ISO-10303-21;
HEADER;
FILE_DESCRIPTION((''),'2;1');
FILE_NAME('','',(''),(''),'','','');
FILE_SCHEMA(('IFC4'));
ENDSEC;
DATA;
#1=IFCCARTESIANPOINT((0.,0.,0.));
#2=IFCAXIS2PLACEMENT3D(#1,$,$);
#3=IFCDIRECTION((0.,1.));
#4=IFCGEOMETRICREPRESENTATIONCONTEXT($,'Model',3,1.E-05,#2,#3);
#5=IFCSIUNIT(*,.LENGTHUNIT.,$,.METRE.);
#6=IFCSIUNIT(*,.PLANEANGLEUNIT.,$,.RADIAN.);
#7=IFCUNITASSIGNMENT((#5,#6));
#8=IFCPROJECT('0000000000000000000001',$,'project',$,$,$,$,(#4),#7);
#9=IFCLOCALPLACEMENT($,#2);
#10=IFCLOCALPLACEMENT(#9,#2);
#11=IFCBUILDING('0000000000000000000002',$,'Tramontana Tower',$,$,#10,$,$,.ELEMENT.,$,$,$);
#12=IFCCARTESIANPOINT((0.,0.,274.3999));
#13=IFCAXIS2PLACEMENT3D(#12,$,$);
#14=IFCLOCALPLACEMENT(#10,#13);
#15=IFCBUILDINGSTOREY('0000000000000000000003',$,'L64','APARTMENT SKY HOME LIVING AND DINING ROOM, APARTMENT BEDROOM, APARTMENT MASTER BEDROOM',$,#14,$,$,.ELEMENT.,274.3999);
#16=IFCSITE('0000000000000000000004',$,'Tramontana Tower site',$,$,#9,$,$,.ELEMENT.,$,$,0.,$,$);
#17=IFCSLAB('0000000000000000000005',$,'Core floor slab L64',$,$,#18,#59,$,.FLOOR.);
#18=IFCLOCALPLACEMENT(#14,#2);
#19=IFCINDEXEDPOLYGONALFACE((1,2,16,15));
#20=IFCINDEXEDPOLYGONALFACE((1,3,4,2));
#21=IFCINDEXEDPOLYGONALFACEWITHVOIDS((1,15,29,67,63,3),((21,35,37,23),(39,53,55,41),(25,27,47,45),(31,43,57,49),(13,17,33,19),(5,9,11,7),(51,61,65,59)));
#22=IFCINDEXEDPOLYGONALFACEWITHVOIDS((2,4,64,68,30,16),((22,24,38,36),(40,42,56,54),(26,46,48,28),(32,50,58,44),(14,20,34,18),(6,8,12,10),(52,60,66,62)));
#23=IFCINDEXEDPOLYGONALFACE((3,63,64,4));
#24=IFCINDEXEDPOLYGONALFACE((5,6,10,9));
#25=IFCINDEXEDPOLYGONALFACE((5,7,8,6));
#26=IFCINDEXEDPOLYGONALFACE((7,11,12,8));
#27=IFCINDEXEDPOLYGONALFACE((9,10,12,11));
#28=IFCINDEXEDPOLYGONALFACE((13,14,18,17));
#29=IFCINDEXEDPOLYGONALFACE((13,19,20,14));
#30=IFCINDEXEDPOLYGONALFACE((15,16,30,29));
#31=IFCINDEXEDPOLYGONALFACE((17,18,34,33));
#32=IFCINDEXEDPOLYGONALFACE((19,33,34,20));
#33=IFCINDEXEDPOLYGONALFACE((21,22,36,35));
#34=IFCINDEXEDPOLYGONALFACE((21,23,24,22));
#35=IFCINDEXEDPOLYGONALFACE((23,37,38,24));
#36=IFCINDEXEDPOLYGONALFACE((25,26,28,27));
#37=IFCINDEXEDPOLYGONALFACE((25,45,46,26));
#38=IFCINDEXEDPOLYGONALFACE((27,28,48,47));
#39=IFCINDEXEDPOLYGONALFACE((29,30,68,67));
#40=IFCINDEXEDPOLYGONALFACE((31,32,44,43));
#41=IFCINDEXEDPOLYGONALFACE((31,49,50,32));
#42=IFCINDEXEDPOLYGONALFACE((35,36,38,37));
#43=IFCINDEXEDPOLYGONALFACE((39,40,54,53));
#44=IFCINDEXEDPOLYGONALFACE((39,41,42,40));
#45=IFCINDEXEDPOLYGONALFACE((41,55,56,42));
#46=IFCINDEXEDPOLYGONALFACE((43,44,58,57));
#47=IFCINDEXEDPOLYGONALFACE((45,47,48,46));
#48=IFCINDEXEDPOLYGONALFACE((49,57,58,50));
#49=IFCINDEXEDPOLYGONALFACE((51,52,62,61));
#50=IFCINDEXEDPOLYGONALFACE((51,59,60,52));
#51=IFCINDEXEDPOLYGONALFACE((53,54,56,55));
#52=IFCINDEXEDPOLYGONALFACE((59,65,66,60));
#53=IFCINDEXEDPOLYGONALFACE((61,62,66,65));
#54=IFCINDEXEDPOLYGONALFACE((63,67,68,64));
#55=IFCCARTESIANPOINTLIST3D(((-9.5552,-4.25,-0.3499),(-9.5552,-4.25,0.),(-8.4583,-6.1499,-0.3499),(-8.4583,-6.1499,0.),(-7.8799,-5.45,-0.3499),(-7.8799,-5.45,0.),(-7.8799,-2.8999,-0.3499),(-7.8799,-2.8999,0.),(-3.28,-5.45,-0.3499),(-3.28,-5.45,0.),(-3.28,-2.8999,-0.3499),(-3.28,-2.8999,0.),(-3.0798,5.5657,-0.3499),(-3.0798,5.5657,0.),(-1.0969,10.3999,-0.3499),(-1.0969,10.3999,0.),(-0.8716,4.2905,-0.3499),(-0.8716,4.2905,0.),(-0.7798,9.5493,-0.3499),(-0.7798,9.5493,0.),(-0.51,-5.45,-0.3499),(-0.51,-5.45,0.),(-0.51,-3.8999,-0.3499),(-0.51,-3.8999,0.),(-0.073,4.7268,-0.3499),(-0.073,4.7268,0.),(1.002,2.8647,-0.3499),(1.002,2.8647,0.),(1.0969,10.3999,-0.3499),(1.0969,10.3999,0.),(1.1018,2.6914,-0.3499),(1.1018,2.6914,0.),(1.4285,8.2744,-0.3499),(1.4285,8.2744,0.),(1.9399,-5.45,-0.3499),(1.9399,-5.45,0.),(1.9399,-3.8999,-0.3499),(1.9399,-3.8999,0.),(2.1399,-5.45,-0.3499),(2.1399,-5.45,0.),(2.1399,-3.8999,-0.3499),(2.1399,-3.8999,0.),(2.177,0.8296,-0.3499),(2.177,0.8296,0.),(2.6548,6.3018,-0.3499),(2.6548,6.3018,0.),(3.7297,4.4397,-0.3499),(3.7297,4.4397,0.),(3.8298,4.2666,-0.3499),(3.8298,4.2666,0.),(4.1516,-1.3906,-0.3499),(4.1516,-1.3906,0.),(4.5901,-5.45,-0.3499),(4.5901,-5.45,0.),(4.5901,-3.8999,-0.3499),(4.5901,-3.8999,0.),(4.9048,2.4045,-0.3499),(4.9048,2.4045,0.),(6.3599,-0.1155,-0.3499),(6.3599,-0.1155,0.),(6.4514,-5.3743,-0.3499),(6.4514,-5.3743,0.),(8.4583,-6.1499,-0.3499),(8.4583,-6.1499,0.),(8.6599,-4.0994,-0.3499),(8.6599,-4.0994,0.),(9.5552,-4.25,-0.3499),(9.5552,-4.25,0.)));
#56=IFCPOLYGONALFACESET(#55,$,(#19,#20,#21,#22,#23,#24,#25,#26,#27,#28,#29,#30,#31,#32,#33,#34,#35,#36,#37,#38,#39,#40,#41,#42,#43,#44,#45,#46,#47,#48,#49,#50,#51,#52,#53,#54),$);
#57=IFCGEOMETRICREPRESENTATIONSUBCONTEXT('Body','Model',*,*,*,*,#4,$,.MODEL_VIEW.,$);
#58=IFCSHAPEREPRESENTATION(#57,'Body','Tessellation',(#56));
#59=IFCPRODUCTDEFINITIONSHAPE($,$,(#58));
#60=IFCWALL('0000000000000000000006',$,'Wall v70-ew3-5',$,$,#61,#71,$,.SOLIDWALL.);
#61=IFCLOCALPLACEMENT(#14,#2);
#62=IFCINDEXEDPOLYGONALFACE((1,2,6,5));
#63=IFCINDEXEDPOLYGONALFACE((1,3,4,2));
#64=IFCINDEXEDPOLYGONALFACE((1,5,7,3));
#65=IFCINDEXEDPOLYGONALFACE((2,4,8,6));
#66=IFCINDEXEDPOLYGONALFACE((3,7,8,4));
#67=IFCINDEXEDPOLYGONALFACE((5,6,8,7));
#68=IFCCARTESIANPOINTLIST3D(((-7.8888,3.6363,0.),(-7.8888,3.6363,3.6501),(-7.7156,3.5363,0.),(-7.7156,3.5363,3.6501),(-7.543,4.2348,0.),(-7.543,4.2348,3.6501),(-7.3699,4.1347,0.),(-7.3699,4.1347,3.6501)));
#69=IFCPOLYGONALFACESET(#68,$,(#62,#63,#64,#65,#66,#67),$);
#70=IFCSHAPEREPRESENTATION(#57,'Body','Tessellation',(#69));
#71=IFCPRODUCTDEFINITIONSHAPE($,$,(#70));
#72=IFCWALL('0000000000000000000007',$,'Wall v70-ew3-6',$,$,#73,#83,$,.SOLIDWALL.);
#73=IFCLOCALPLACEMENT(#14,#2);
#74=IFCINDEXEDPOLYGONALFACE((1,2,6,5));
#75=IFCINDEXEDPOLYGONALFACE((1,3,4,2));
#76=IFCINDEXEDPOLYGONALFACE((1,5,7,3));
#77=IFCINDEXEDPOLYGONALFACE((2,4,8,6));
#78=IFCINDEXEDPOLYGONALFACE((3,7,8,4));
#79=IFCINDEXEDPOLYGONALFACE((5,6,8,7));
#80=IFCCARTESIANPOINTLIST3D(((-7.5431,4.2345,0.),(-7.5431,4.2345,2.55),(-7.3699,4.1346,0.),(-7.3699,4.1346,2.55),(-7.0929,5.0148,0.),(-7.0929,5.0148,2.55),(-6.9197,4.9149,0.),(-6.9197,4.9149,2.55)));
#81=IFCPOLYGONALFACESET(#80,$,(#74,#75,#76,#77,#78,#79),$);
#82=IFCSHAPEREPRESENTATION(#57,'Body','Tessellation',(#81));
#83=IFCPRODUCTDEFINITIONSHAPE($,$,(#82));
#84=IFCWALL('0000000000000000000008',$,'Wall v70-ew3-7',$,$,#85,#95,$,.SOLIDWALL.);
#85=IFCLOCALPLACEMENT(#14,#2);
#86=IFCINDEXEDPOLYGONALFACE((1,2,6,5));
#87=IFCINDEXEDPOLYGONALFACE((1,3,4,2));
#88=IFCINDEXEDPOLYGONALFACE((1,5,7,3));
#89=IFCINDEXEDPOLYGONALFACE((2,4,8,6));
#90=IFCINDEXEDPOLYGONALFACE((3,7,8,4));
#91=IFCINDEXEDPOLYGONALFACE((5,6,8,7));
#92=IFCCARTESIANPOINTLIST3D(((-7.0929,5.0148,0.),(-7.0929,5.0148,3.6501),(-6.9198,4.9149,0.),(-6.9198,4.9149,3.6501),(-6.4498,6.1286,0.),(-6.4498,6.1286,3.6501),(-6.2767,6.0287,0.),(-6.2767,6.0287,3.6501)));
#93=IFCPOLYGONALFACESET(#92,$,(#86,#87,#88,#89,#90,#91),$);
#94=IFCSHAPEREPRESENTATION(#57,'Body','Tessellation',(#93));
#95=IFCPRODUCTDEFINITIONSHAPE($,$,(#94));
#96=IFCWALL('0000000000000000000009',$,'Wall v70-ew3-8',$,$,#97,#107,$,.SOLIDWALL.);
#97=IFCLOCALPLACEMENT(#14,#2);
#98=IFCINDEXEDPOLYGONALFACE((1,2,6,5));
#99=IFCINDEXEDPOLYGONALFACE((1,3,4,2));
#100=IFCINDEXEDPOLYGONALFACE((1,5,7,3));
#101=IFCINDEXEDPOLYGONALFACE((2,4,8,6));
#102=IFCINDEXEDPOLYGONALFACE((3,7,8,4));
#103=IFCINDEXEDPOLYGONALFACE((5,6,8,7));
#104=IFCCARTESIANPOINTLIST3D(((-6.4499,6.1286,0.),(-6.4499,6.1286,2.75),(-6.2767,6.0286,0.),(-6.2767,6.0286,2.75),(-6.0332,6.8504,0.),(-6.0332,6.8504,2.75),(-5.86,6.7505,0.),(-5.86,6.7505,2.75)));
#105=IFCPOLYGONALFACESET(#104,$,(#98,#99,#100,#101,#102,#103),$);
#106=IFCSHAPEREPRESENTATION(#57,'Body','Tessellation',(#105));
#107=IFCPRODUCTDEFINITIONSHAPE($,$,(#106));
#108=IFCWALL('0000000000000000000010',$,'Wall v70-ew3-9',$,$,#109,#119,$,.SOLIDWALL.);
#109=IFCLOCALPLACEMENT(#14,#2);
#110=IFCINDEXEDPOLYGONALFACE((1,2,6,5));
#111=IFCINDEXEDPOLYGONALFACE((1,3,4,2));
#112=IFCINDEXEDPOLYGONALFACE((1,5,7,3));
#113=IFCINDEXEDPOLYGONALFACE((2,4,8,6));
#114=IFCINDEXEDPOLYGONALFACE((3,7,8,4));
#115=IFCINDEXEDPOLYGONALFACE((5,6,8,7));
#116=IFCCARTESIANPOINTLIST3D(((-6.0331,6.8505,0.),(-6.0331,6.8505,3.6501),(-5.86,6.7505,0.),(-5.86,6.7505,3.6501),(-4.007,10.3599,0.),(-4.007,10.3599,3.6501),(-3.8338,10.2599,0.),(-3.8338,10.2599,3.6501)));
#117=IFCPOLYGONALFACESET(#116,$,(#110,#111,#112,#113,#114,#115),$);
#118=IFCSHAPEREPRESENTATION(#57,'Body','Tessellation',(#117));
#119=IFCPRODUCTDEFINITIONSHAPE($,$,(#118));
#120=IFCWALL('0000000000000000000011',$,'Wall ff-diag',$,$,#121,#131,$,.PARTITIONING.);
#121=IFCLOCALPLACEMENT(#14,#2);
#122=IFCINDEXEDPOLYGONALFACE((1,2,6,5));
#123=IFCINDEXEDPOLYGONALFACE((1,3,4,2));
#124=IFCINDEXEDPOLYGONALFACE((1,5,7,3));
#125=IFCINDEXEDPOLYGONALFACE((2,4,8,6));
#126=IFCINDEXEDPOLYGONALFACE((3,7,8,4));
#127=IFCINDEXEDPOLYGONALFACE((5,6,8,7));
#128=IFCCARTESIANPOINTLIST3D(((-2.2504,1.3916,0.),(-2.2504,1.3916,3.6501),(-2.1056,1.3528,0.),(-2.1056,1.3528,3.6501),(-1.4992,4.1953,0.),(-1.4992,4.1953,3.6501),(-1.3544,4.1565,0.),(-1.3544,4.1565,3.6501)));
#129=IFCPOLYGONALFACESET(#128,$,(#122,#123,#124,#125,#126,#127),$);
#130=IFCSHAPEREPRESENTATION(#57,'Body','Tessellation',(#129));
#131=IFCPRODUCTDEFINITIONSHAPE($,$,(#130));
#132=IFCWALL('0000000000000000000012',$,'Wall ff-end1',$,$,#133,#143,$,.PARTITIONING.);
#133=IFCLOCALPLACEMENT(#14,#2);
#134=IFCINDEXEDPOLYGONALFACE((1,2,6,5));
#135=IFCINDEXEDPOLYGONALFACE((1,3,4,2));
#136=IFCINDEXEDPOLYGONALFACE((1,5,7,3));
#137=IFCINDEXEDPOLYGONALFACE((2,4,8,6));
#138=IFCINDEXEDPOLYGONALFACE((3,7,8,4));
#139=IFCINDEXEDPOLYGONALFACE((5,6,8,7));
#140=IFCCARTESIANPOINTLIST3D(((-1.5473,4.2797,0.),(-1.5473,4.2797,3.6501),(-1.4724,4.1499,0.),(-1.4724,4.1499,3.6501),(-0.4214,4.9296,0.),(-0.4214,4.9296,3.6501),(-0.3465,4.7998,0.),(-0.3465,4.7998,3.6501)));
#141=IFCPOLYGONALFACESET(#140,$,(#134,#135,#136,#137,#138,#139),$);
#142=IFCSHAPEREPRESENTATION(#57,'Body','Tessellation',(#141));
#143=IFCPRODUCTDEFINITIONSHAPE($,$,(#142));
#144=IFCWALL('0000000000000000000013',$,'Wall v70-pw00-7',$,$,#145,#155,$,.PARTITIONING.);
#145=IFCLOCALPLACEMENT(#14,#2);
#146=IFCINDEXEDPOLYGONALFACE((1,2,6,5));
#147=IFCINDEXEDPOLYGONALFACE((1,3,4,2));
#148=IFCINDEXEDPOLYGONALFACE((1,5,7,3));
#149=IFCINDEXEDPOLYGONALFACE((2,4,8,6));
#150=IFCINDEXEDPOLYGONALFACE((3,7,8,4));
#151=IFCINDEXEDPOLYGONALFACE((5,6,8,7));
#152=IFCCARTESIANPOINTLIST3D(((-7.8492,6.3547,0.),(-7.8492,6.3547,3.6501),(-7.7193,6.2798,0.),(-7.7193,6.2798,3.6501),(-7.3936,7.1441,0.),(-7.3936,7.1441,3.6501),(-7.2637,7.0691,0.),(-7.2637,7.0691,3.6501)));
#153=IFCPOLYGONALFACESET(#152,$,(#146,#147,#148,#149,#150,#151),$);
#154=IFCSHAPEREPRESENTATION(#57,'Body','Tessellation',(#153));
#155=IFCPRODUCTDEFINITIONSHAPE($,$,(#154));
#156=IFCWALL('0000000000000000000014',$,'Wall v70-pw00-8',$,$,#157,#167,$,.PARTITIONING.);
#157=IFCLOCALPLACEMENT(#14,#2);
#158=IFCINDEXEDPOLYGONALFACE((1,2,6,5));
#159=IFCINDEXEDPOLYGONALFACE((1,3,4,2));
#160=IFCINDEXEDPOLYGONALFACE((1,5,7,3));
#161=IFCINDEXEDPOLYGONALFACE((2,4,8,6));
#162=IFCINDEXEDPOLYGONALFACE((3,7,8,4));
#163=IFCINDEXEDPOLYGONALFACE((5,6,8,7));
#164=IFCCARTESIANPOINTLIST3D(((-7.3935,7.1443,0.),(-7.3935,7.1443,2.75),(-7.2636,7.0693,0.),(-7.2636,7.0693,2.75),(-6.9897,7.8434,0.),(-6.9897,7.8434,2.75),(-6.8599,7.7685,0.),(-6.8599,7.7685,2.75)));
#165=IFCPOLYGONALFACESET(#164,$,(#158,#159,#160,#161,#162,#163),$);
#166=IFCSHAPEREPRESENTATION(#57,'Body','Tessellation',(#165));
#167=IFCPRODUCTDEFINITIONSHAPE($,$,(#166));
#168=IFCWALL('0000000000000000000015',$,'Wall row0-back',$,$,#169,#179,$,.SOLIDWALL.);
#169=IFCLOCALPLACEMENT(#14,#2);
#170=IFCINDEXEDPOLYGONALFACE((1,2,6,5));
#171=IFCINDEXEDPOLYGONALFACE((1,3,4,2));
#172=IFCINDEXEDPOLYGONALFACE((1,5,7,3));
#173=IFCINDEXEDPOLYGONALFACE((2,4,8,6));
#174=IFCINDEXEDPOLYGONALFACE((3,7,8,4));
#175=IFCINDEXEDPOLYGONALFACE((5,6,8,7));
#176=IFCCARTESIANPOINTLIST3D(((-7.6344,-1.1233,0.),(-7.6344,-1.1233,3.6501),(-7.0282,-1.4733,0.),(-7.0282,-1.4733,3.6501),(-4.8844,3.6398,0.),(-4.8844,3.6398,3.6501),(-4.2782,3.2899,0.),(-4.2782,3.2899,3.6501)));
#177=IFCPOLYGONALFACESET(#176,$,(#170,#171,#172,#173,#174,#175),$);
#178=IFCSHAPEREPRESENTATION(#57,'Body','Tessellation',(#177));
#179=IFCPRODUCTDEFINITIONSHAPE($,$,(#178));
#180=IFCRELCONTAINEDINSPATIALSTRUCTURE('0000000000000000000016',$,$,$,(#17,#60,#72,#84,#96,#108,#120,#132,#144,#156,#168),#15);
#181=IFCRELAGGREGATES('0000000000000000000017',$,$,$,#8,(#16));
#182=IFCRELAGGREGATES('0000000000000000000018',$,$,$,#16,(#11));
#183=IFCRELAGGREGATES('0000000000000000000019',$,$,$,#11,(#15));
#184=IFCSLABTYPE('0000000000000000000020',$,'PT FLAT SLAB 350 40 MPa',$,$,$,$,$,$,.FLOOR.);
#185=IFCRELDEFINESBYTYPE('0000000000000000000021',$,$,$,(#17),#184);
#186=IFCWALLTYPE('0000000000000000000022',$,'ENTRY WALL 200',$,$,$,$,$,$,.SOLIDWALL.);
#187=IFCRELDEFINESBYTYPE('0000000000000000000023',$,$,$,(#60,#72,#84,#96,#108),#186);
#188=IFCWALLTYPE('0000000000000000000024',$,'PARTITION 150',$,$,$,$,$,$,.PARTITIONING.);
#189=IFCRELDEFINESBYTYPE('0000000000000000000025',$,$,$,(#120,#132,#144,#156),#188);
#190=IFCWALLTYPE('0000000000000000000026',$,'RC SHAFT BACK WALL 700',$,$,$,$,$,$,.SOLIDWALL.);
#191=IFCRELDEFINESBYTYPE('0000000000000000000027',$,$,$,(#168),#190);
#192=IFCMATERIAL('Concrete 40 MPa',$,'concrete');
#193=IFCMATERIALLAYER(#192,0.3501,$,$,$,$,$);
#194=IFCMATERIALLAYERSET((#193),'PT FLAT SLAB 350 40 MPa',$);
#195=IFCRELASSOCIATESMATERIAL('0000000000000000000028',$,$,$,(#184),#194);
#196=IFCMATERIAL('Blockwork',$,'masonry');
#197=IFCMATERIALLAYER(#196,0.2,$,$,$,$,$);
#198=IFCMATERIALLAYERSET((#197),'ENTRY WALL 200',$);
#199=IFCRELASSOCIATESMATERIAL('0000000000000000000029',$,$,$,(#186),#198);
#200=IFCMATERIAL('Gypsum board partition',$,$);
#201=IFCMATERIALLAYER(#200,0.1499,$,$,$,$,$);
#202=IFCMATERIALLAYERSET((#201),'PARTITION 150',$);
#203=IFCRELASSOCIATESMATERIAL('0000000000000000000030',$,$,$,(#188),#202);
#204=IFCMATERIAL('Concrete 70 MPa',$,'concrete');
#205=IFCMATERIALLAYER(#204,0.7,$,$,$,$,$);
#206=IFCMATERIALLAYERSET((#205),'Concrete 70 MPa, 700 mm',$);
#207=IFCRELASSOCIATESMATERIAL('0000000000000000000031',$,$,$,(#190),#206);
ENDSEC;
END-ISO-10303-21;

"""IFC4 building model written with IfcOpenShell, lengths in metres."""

from ifc_helpers import new_model, si_unit, direction, frame, frame_2d, origin, place, context, subcontext, project, spatial, polyline, rectangle, outline, extrude, material, layer, layer_set, type_object, element, save


model = new_model("IFC4")

# Units and contexts
model_context = context("Model", 3, precision=1e-05, world=origin(), true_north=direction((0.0, 1.0)))
body_context = subcontext(model_context, "Body", "Model", "MODEL_VIEW")
ifc_project = project(units=[si_unit("LENGTHUNIT", "METRE"), si_unit("PLANEANGLEUNIT", "RADIAN")], contexts=[model_context])

# Site, building, storey
site_placement = place(None, origin())
site = spatial("IfcSite", under=ifc_project, at=site_placement, Name="Tramontana Tower site", CompositionType="ELEMENT", RefElevation=0.0)
building_placement = place(site_placement, origin())
building = spatial("IfcBuilding", under=site, at=building_placement, Name="Tramontana Tower", CompositionType="ELEMENT")
storey_placement = place(building_placement, frame((0.0, 0.0, 274.3999)))
storey = spatial("IfcBuildingStorey", under=building, at=storey_placement, Name="L64", Description="APARTMENT SKY HOME LIVING AND DINING ROOM, APARTMENT BEDROOM, APARTMENT MASTER BEDROOM", CompositionType="ELEMENT", Elevation=274.3999)

# Slab
ifc_material_1 = material(Name="Concrete 40 MPa", Category="concrete")
ifc_layer_1 = layer(ifc_material_1, 0.3501)
ifc_layer_set_1 = layer_set([ifc_layer_1], Name="PT FLAT SLAB 350 40 MPa")
slab_type = type_object("IfcSlabType", Name="PT FLAT SLAB 350 40 MPa", PredefinedType="FLOOR", material=ifc_layer_set_1)
slab_placement = place(storey_placement, frame((0.0, 0.0, -0.3499)))
element("IfcSlab", 1, at=slab_placement, inside=storey, type_object=slab_type, Name="Core floor slab L64", PredefinedType="FLOOR", context=body_context, shape_type="SweptSolid", body=[
    extrude(outline(polyline([(9.5552, -4.25), (8.4583, -6.1499), (-8.4583, -6.1499), (-9.5552, -4.25), (-1.0969, 10.3999), (1.0969, 10.3999), (9.5552, -4.25)]), holes=[polyline([(8.6599, -4.0994), (6.3599, -0.1155), (4.1516, -1.3906), (6.4514, -5.3743), (8.6599, -4.0994)]), polyline([(3.8298, 4.2666), (1.1018, 2.6914), (2.177, 0.8296), (4.9048, 2.4045), (3.8298, 4.2666)]), polyline([(4.5901, -3.8999), (2.1399, -3.8999), (2.1399, -5.45), (4.5901, -5.45), (4.5901, -3.8999)]), polyline([(2.6548, 6.3018), (-0.073, 4.7268), (1.002, 2.8647), (3.7297, 4.4397), (2.6548, 6.3018)]), polyline([(1.9399, -5.45), (1.9399, -3.8999), (-0.51, -3.8999), (-0.51, -5.45), (1.9399, -5.45)]), polyline([(-0.7798, 9.5493), (-3.0798, 5.5657), (-0.8716, 4.2905), (1.4285, 8.2744), (-0.7798, 9.5493)]), polyline([(-7.8799, -5.45), (-3.28, -5.45), (-3.28, -2.8999), (-7.8799, -2.8999), (-7.8799, -5.45)])]), origin(), (0.0, 0.0, 1.0), 0.3499),
])

# Shared definitions
ifc_material_2 = material(Name="Blockwork", Category="masonry")
ifc_layer_2 = layer(ifc_material_2, 0.2)
ifc_layer_set_2 = layer_set([ifc_layer_2], Name="ENTRY WALL 200")
wall_type_1 = type_object("IfcWallType", Name="ENTRY WALL 200", PredefinedType="SOLIDWALL", material=ifc_layer_set_2)

# Walls
wall_1_placement = place(storey_placement, frame((-7.8022, 3.5862, 0.0), z_axis=(0.0, 0.0, 1.0), x_axis=(0.500242, 0.865885, 0.0)))
element("IfcWall", 2, at=wall_1_placement, inside=storey, type_object=wall_type_1, Name="Wall v70-ew3-5", PredefinedType="SOLIDWALL", context=body_context, shape_type="SweptSolid", body=[
    extrude(rectangle(XDim=0.6912, YDim=0.2, at=frame_2d((0.3457, 0.0))), origin(), (0.0, 0.0, 1.0), 3.6501),
])
wall_2_placement = place(storey_placement, frame((-7.4565, 4.1846, 0.0), z_axis=(0.0, 0.0, 1.0), x_axis=(0.499754, 0.866168, 0.0)))
element("IfcWall", 3, at=wall_2_placement, inside=storey, type_object=wall_type_1, Name="Wall v70-ew3-6", PredefinedType="SOLIDWALL", context=body_context, shape_type="SweptSolid", body=[
    extrude(rectangle(XDim=0.9009, YDim=0.2, at=frame_2d((0.4504, 0.0))), origin(), (0.0, 0.0, 1.0), 2.55),
])
wall_3_placement = place(storey_placement, frame((-7.0063, 4.9648, 0.0), z_axis=(0.0, 0.0, 1.0), x_axis=(0.500018, 0.866015, 0.0)))
element("IfcWall", 4, at=wall_3_placement, inside=storey, type_object=wall_type_1, Name="Wall v70-ew3-7", PredefinedType="SOLIDWALL", context=body_context, shape_type="SweptSolid", body=[
    extrude(rectangle(XDim=1.2861, YDim=0.2, at=frame_2d((0.6431, 0.0))), origin(), (0.0, 0.0, 1.0), 3.6501),
])
wall_4_placement = place(storey_placement, frame((-6.3633, 6.0786, 0.0), z_axis=(0.0, 0.0, 1.0), x_axis=(0.499951, 0.866054, 0.0)))
element("IfcWall", 5, at=wall_4_placement, inside=storey, type_object=wall_type_1, Name="Wall v70-ew3-8", PredefinedType="SOLIDWALL", context=body_context, shape_type="SweptSolid", body=[
    extrude(rectangle(XDim=0.8335, YDim=0.2, at=frame_2d((0.4167, 0.0))), origin(), (0.0, 0.0, 1.0), 2.75),
])
wall_5_placement = place(storey_placement, frame((-5.9465, 6.8005, 0.0), z_axis=(0.0, 0.0, 1.0), x_axis=(0.500008, 0.866021, 0.0)))
element("IfcWall", 6, at=wall_5_placement, inside=storey, type_object=wall_type_1, Name="Wall v70-ew3-9", PredefinedType="SOLIDWALL", context=body_context, shape_type="SweptSolid", body=[
    extrude(rectangle(XDim=4.0522, YDim=0.2, at=frame_2d((2.0261, 0.0))), origin(), (0.0, 0.0, 1.0), 3.6501),
])
ifc_material_3 = material(Name="Gypsum board partition")
ifc_layer_3 = layer(ifc_material_3, 0.1499)
ifc_layer_set_3 = layer_set([ifc_layer_3], Name="PARTITION 150")
wall_type_2 = type_object("IfcWallType", Name="PARTITION 150", PredefinedType="PARTITIONING", material=ifc_layer_set_3)
wall_6_placement = place(storey_placement, frame((-2.178, 1.3723, 0.0), z_axis=(0.0, 0.0, 1.0), x_axis=(0.258809, 0.965929, 0.0)))
element("IfcWall", 7, at=wall_6_placement, inside=storey, type_object=wall_type_2, Name="Wall ff-diag", PredefinedType="PARTITIONING", context=body_context, shape_type="SweptSolid", body=[
    extrude(rectangle(XDim=2.9026, YDim=0.1499, at=frame_2d((1.4512, 0.0))), origin(), (0.0, 0.0, 1.0), 3.6501),
])
wall_7_placement = place(storey_placement, frame((-1.5098, 4.2148, 0.0), z_axis=(0.0, 0.0, 1.0), x_axis=(0.866086, 0.499896, 0.0)))
element("IfcWall", 8, at=wall_7_placement, inside=storey, type_object=wall_type_2, Name="Wall ff-end1", PredefinedType="PARTITIONING", context=body_context, shape_type="SweptSolid", body=[
    extrude(rectangle(XDim=1.3, YDim=0.1499, at=frame_2d((0.6499, 0.0))), origin(), (0.0, 0.0, 1.0), 3.6501),
])
wall_8_placement = place(storey_placement, frame((-7.7842, 6.3174, 0.0), z_axis=(0.0, 0.0, 1.0), x_axis=(0.499885, 0.866092, 0.0)))
element("IfcWall", 9, at=wall_8_placement, inside=storey, type_object=wall_type_2, Name="Wall v70-pw00-7", PredefinedType="PARTITIONING", context=body_context, shape_type="SweptSolid", body=[
    extrude(rectangle(XDim=0.9114, YDim=0.1499, at=frame_2d((0.4556, 0.0))), origin(), (0.0, 0.0, 1.0), 3.6501),
])
wall_9_placement = place(storey_placement, frame((-7.3286, 7.1067, 0.0), z_axis=(0.0, 0.0, 1.0), x_axis=(0.500106, 0.865964, 0.0)))
element("IfcWall", 10, at=wall_9_placement, inside=storey, type_object=wall_type_2, Name="Wall v70-pw00-8", PredefinedType="PARTITIONING", context=body_context, shape_type="SweptSolid", body=[
    extrude(rectangle(XDim=0.8074, YDim=0.1499, at=frame_2d((0.4038, 0.0))), origin(), (0.0, 0.0, 1.0), 2.75),
])
ifc_material_4 = material(Name="Concrete 70 MPa", Category="concrete")
ifc_layer_4 = layer(ifc_material_4, 0.7)
ifc_layer_set_4 = layer_set([ifc_layer_4], Name="Concrete 70 MPa, 700 mm")
wall_type_3 = type_object("IfcWallType", Name="RC SHAFT BACK WALL 700", PredefinedType="SOLIDWALL", material=ifc_layer_set_4)
wall_10_placement = place(storey_placement, frame((-4.5813, 3.4648, 0.0), z_axis=(0.0, 0.0, 1.0), x_axis=(-0.499997, -0.866027, 0.0)))
element("IfcWall", 11, at=wall_10_placement, inside=storey, type_object=wall_type_3, Name="Wall row0-back", PredefinedType="SOLIDWALL", context=body_context, shape_type="SweptSolid", body=[
    extrude(rectangle(XDim=5.5, YDim=0.7, at=frame_2d((2.75, 0.0))), origin(), (0.0, 0.0, 1.0), 3.6501),
])

save(model, "model.ifc")
